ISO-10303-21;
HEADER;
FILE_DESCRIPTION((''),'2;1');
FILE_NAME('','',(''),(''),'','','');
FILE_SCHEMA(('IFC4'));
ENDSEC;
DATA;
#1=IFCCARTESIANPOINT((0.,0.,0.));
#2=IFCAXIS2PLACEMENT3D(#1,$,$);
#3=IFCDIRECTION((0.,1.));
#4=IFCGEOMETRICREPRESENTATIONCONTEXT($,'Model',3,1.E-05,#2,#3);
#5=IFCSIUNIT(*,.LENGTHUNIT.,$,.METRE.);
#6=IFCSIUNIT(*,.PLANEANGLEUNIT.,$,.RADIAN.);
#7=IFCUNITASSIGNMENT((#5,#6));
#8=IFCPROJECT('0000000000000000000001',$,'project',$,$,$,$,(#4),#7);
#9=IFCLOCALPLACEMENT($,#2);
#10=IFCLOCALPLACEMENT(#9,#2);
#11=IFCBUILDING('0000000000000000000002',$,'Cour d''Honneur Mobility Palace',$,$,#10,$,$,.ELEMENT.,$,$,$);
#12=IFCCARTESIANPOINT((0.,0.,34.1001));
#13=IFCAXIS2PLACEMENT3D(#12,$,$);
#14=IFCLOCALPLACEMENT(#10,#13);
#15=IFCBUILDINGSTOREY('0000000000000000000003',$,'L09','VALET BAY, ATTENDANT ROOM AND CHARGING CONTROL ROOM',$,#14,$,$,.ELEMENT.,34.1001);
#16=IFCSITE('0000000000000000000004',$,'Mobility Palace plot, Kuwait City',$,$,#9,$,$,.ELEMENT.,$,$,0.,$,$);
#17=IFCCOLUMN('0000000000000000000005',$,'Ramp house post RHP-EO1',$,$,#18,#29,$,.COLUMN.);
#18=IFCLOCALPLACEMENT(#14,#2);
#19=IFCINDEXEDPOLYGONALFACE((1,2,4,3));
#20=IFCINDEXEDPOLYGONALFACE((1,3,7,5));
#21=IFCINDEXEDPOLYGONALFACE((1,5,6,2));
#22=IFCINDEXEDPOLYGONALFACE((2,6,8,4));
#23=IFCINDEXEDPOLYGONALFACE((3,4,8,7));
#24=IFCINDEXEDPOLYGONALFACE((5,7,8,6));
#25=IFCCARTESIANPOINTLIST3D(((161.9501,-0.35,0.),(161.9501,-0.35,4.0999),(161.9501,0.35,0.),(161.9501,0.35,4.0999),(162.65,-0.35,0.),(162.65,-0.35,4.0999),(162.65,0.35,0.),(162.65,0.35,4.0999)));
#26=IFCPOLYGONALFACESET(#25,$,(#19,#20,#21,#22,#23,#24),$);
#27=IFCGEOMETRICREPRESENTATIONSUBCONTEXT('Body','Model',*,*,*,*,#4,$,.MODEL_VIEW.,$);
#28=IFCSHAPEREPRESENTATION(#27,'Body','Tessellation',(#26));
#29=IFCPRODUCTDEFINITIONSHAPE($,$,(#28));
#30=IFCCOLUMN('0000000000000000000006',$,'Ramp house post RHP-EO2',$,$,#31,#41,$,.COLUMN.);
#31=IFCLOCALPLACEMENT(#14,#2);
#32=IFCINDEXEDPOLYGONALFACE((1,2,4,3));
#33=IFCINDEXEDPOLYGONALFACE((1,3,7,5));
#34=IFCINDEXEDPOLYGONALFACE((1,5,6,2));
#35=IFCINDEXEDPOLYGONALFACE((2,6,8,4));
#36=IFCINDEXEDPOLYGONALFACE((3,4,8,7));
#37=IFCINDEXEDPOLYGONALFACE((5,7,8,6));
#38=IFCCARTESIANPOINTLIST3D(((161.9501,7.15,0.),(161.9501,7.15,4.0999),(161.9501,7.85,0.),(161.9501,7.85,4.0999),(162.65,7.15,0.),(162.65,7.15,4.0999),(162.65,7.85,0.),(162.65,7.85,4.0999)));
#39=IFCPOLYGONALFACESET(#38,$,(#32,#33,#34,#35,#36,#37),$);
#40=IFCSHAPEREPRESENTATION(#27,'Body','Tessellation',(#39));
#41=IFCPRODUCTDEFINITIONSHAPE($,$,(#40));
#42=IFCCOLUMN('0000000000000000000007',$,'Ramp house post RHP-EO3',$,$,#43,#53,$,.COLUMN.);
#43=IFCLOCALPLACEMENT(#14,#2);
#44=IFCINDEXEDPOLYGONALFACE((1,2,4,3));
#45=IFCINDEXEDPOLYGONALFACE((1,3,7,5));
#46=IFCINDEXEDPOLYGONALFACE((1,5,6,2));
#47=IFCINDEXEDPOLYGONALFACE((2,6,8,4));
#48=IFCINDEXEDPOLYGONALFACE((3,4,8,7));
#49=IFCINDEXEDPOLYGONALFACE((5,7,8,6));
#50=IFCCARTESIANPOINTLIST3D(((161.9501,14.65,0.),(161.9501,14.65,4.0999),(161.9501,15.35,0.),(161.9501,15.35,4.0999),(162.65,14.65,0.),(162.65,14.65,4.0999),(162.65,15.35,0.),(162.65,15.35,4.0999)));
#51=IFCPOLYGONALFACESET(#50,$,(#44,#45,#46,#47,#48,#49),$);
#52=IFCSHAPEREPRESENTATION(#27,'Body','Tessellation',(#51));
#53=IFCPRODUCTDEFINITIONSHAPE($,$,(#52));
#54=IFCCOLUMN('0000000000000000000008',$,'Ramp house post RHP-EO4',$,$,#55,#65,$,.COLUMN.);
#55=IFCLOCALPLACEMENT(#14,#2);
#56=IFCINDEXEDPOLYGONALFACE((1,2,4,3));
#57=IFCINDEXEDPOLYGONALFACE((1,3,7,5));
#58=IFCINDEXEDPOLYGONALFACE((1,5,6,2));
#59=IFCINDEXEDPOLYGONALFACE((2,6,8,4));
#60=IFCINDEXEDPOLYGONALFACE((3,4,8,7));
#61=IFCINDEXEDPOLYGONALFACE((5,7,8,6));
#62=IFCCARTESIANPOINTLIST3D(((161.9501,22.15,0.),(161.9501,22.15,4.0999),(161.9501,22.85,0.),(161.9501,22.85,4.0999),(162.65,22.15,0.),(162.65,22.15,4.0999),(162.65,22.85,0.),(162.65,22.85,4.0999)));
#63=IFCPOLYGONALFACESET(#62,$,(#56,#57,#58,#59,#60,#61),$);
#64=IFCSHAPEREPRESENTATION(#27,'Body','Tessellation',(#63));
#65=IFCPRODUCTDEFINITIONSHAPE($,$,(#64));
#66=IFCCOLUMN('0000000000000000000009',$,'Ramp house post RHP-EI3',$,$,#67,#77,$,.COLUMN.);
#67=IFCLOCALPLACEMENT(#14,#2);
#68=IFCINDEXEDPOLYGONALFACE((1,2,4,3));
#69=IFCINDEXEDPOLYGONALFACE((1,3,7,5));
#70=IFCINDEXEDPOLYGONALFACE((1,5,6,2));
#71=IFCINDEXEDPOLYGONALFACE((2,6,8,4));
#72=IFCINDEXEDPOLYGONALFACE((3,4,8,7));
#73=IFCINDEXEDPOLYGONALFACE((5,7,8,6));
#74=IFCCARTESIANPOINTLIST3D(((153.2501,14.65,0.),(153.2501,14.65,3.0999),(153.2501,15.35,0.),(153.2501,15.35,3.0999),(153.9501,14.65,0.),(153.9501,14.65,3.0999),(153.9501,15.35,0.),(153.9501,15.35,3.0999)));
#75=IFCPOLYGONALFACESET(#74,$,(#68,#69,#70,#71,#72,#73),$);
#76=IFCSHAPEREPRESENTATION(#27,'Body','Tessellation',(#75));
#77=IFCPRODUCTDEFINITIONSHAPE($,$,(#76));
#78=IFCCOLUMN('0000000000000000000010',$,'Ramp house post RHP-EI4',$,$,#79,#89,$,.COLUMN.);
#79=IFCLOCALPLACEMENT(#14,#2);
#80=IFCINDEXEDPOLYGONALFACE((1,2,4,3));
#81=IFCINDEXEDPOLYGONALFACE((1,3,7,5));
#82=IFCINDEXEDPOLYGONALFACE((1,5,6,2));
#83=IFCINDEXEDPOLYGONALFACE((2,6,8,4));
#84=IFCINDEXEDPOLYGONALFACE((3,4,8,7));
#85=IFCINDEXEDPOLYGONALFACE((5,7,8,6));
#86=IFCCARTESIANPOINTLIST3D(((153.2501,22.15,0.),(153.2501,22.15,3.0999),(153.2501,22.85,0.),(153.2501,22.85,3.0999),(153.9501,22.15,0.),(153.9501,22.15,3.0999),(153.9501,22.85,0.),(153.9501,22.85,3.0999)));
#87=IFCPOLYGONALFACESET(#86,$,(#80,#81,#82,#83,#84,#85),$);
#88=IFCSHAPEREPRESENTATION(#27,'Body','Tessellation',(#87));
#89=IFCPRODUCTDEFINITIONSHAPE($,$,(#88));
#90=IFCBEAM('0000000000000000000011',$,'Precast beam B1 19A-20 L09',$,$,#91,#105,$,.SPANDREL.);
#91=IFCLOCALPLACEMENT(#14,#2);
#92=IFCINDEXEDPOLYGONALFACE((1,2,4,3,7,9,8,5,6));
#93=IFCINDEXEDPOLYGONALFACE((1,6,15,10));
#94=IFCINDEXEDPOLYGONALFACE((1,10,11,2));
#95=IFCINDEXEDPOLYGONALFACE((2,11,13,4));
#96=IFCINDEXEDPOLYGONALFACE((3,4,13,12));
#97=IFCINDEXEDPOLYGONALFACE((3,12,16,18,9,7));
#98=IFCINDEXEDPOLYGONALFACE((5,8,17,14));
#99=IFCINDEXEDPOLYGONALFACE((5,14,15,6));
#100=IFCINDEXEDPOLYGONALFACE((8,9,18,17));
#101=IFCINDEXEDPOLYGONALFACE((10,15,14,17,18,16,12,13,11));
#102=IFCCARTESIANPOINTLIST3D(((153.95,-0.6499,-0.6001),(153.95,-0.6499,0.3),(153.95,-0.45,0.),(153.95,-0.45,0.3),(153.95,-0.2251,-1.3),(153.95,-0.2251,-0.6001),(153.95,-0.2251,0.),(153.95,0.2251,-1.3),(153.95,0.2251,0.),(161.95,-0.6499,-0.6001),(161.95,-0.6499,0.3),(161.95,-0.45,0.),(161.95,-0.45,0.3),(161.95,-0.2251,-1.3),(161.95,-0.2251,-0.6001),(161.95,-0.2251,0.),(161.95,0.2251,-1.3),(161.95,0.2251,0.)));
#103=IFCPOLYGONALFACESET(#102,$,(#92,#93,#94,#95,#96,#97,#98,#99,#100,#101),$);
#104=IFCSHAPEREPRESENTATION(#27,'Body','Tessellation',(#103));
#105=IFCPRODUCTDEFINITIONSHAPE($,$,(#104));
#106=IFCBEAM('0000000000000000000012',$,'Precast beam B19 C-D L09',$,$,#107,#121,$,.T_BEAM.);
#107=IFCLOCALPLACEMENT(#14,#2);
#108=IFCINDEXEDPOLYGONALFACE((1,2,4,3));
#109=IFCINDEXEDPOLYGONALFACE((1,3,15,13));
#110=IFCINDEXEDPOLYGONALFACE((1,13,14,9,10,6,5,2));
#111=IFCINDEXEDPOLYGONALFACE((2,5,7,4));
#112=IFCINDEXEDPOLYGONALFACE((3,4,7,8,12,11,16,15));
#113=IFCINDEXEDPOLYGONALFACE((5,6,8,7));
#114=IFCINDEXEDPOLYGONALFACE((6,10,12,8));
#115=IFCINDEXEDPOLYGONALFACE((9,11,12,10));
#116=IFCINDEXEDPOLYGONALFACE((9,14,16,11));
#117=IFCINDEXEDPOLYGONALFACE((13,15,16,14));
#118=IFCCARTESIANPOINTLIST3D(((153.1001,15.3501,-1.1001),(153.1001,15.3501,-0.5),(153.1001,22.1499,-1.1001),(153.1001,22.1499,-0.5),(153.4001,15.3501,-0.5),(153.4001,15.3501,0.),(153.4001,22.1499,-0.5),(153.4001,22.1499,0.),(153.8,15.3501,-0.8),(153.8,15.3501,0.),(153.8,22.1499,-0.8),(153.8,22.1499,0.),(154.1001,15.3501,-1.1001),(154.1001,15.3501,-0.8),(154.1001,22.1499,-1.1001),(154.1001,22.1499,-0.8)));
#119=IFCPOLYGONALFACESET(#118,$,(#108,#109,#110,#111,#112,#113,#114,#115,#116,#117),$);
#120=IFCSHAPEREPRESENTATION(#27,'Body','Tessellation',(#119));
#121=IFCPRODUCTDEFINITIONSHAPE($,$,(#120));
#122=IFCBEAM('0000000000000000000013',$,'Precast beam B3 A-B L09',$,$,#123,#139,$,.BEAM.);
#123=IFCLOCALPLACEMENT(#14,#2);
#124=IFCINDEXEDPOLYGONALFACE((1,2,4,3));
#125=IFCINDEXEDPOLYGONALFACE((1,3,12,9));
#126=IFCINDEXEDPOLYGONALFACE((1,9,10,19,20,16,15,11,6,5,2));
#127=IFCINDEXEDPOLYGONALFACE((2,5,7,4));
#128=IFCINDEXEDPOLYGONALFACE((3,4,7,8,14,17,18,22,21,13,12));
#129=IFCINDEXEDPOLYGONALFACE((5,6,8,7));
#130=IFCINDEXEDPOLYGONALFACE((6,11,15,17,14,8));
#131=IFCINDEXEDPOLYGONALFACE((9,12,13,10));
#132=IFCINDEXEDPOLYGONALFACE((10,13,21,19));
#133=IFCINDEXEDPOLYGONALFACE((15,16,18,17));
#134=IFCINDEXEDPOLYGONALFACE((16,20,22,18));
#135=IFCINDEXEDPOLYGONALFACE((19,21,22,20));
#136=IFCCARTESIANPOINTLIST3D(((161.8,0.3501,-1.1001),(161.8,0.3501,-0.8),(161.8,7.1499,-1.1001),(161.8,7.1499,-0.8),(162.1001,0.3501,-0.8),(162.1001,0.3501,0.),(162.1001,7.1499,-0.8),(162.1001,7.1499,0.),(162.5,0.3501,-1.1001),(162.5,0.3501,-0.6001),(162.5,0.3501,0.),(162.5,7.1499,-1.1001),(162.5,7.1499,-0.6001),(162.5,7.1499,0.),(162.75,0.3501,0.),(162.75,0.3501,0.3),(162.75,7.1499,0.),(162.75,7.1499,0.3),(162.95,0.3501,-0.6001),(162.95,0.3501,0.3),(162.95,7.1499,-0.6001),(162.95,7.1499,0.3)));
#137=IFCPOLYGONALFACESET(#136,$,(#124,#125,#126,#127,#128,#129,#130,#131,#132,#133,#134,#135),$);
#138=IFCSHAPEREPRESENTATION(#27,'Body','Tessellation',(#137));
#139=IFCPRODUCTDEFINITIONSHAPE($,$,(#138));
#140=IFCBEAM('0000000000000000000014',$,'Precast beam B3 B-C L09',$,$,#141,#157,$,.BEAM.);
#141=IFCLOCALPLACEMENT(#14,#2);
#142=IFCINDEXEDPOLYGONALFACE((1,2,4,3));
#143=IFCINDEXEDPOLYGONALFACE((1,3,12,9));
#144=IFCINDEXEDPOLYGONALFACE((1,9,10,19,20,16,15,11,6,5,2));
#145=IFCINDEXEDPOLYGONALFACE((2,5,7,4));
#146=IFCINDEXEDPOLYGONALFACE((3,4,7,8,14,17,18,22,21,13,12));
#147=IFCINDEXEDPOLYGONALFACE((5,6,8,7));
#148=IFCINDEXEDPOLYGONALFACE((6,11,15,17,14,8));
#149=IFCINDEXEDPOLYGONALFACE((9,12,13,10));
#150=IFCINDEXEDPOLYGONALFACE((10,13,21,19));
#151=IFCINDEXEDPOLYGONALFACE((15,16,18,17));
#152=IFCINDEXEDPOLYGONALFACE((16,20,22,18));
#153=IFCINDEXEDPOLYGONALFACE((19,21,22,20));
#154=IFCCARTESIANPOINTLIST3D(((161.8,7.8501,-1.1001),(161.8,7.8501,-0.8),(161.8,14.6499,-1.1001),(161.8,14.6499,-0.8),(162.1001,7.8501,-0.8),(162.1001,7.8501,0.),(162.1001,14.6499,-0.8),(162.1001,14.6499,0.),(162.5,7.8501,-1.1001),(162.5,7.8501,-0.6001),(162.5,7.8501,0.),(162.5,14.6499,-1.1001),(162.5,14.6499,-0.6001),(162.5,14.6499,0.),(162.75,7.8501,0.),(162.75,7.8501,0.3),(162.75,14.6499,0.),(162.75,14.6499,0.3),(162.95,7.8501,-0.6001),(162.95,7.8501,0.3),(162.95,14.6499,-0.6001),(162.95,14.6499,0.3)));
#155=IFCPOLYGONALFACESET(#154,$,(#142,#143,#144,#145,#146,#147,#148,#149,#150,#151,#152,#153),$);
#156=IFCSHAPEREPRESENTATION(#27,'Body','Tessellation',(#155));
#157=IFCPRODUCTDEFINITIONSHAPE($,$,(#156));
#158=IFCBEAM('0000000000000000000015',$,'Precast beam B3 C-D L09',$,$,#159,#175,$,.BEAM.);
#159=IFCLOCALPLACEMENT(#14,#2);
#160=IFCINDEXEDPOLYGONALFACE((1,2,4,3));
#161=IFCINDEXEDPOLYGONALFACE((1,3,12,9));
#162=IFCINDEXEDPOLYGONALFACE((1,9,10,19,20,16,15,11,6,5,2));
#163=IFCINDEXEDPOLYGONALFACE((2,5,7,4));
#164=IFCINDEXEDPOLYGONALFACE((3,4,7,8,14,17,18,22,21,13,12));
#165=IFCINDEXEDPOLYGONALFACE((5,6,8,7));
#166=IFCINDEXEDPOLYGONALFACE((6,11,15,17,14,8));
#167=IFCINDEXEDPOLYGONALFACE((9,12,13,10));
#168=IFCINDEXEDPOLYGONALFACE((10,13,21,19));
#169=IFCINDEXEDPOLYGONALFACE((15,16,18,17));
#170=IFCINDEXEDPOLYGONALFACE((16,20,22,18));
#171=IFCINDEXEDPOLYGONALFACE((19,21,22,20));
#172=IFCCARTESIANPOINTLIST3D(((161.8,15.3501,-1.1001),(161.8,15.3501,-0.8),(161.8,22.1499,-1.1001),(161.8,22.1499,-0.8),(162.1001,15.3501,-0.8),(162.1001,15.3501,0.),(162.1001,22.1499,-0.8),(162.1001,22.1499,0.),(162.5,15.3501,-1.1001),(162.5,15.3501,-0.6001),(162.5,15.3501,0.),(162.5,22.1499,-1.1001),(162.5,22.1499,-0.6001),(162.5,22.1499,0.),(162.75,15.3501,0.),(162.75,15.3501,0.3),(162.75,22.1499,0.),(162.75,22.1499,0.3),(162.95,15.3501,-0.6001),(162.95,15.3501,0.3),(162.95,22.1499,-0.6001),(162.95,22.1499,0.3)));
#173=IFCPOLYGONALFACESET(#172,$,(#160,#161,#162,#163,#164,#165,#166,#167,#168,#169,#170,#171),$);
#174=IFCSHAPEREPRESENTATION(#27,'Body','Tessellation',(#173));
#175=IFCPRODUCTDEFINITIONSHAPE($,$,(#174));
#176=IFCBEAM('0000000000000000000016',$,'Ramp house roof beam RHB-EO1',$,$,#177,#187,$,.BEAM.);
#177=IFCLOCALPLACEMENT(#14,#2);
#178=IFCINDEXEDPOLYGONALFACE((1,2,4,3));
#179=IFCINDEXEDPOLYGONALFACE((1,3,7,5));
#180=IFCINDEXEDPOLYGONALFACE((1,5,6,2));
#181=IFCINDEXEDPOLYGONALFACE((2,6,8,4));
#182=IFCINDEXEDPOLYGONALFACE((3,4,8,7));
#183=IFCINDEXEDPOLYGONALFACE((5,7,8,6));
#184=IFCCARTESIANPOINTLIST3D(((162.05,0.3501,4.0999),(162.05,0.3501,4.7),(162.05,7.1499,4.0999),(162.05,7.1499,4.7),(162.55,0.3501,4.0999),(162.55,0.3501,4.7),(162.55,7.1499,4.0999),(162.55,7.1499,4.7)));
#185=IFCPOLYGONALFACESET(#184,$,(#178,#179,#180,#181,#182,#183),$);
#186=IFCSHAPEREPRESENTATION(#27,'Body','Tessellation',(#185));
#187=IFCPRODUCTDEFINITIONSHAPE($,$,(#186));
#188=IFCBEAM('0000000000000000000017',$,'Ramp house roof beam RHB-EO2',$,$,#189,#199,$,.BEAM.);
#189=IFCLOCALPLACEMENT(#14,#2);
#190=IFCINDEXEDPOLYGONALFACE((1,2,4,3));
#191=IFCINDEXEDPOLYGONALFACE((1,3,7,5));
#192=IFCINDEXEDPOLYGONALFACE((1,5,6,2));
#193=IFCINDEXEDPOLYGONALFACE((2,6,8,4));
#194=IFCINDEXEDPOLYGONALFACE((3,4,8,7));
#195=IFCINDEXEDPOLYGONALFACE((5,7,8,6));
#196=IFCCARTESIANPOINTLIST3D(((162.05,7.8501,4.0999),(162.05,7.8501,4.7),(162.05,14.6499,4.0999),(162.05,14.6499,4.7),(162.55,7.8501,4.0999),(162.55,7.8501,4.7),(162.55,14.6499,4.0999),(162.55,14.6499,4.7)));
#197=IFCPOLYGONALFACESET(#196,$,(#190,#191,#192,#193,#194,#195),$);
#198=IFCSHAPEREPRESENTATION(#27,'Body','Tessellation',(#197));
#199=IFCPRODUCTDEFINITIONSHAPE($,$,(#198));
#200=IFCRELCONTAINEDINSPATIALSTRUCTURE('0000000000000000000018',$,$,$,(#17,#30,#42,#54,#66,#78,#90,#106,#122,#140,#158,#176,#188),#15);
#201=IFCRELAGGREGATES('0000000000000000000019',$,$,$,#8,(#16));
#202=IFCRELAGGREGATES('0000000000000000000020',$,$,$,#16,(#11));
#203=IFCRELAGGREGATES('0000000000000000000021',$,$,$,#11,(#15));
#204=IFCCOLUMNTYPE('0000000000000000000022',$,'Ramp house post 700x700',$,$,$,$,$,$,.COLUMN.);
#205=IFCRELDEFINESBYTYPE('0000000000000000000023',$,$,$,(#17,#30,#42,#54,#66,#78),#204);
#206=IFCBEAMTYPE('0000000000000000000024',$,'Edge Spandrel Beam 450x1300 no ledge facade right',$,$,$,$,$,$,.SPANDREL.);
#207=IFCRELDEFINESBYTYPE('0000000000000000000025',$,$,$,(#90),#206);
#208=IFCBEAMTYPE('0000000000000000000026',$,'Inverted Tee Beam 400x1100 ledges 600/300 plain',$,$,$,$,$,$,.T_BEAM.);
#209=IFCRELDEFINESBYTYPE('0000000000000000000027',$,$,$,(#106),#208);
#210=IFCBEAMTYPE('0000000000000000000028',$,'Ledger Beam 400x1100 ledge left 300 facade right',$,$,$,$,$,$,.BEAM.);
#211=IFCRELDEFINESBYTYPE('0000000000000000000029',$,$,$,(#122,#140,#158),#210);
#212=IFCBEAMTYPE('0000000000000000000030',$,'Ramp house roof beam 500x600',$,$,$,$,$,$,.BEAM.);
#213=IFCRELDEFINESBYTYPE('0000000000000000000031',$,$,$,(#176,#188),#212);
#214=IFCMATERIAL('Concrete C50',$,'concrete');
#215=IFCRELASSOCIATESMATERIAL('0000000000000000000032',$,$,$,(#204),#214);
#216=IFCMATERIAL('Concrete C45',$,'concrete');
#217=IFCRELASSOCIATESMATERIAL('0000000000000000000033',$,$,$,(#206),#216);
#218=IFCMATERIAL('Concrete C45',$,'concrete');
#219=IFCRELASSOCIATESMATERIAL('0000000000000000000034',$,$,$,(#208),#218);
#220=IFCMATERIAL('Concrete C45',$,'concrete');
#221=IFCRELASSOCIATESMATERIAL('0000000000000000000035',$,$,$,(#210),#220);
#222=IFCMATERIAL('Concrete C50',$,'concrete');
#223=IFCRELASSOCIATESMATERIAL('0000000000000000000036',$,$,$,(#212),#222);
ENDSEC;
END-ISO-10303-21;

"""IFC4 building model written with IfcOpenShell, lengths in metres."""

from ifc_helpers import new_model, si_unit, direction, frame, origin, origin_2d, place, context, subcontext, project, spatial, polyline, rectangle, outline, extrude, material, material_profile, profile_set, type_object, element, save


model = new_model("IFC4")

# Units and contexts
model_context = context("Model", 3, precision=1e-05, world=origin(), true_north=direction((0.0, 1.0)))
body_context = subcontext(model_context, "Body", "Model", "MODEL_VIEW")
ifc_project = project(units=[si_unit("LENGTHUNIT", "METRE"), si_unit("PLANEANGLEUNIT", "RADIAN")], contexts=[model_context])

# Site, building, storey
site_placement = place(None, origin())
site = spatial("IfcSite", under=ifc_project, at=site_placement, Name="Mobility Palace plot, Kuwait City", CompositionType="ELEMENT", RefElevation=0.0)
building_placement = place(site_placement, origin())
building = spatial("IfcBuilding", under=site, at=building_placement, Name="Cour d'Honneur Mobility Palace", CompositionType="ELEMENT")
storey_placement = place(building_placement, frame((0.0, 0.0, 34.1001)))
storey = spatial("IfcBuildingStorey", under=building, at=storey_placement, Name="L09", Description="VALET BAY, ATTENDANT ROOM AND CHARGING CONTROL ROOM", CompositionType="ELEMENT", Elevation=34.1001)

# Columns
ifc_material_1 = material(Name="Concrete C50", Category="concrete")
ifc_material_profile_1 = material_profile(ifc_material_1, rectangle(XDim=0.7, YDim=0.7, at=origin_2d()), Name="Ramp house post 700x700")
ifc_profile_set_1 = profile_set([ifc_material_profile_1], Name="Concrete C50")
column_type = type_object("IfcColumnType", Name="Ramp house post 700x700", PredefinedType="COLUMN", material=ifc_profile_set_1)
for number, where, z_axis, x_axis, name in (
    (1, (162.3, 0.0, 0.0), (0.0, 0.0, 1.0), (1.0, 0.0, 0.0), "Ramp house post RHP-EO1"),
    (2, (162.3, 7.5, 0.0), (0.0, 0.0, 1.0), (1.0, 0.0, 0.0), "Ramp house post RHP-EO2"),
    (3, (162.3, 15.0, 0.0), (0.0, 0.0, 1.0), (1.0, 0.0, 0.0), "Ramp house post RHP-EO3"),
    (4, (162.3, 22.5, 0.0), (0.0, 0.0, 1.0), (1.0, 0.0, 0.0), "Ramp house post RHP-EO4"),
):
    element("IfcColumn", number, at=place(storey_placement, frame(where, z_axis=z_axis, x_axis=x_axis)), inside=storey, type_object=column_type, Name=name, PredefinedType="COLUMN", context=body_context, shape_type="SweptSolid", body=[
        extrude(rectangle(XDim=0.7, YDim=0.7, at=origin_2d()), origin(), (0.0, 0.0, 1.0), 4.0999),
    ])
for number, where, z_axis, x_axis, name in (
    (5, (153.6001, 15.0, 0.0), (0.0, 0.0, 1.0), (1.0, 0.0, 0.0), "Ramp house post RHP-EI3"),
    (6, (153.6001, 22.5, 0.0), (0.0, 0.0, 1.0), (1.0, 0.0, 0.0), "Ramp house post RHP-EI4"),
):
    element("IfcColumn", number, at=place(storey_placement, frame(where, z_axis=z_axis, x_axis=x_axis)), inside=storey, type_object=column_type, Name=name, PredefinedType="COLUMN", context=body_context, shape_type="SweptSolid", body=[
        extrude(rectangle(XDim=0.7, YDim=0.7, at=origin_2d()), origin(), (0.0, 0.0, 1.0), 3.0999),
    ])

# Beams
ifc_material_2 = material(Name="Concrete C45", Category="concrete")
ifc_material_profile_2 = material_profile(ifc_material_2, outline(polyline([(0.2251, -1.3), (0.2251, 0.0), (-0.2251, 0.0), (-0.45, 0.0), (-0.45, 0.3), (-0.6499, 0.3), (-0.6499, -0.6001), (-0.2251, -0.6001), (-0.2251, -1.3), (0.2251, -1.3)])), Name="Edge Spandrel Beam 450x1300 no ledge facade right")
ifc_profile_set_2 = profile_set([ifc_material_profile_2], Name="Concrete C45")
beam_type_1 = type_object("IfcBeamType", Name="Edge Spandrel Beam 450x1300 no ledge facade right", PredefinedType="SPANDREL", material=ifc_profile_set_2)
beam_1_placement = place(storey_placement, frame((153.95, 0.0, 0.0), z_axis=(1.0, 0.0, 0.0), x_axis=(0.0, 1.0, 0.0)))
element("IfcBeam", 7, at=beam_1_placement, inside=storey, type_object=beam_type_1, Name="Precast beam B1 19A-20 L09", PredefinedType="SPANDREL", context=body_context, shape_type="SweptSolid", body=[
    extrude(outline(polyline([(0.2251, -1.3), (0.2251, 0.0), (-0.2251, 0.0), (-0.45, 0.0), (-0.45, 0.3), (-0.6499, 0.3), (-0.6499, -0.6001), (-0.2251, -0.6001), (-0.2251, -1.3), (0.2251, -1.3)])), origin(), (0.0, 0.0, 1.0), 8.0),
])
ifc_material_3 = material(Name="Concrete C45", Category="concrete")
ifc_material_profile_3 = material_profile(ifc_material_3, outline(polyline([(0.5, -1.1001), (0.5, -0.5), (0.2, -0.5), (0.2, 0.0), (-0.2, 0.0), (-0.2, -0.8), (-0.5, -0.8), (-0.5, -1.1001), (0.5, -1.1001)])), Name="Inverted Tee Beam 400x1100 ledges 600/300 plain")
ifc_profile_set_3 = profile_set([ifc_material_profile_3], Name="Concrete C45")
beam_type_2 = type_object("IfcBeamType", Name="Inverted Tee Beam 400x1100 ledges 600/300 plain", PredefinedType="T_BEAM", material=ifc_profile_set_3)
beam_2_placement = place(storey_placement, frame((153.6001, 15.3501, 0.0), z_axis=(0.0, 1.0, 0.0), x_axis=(-1.0, 0.0, 0.0)))
element("IfcBeam", 8, at=beam_2_placement, inside=storey, type_object=beam_type_2, Name="Precast beam B19 C-D L09", PredefinedType="T_BEAM", context=body_context, shape_type="SweptSolid", body=[
    extrude(outline(polyline([(0.5, -1.1001), (0.5, -0.5), (0.2, -0.5), (0.2, 0.0), (-0.2, 0.0), (-0.2, -0.8), (-0.5, -0.8), (-0.5, -1.1001), (0.5, -1.1001)])), origin(), (0.0, 0.0, 1.0), 6.7998),
])
ifc_material_4 = material(Name="Concrete C45", Category="concrete")
ifc_material_profile_4 = material_profile(ifc_material_4, outline(polyline([(0.5, -1.1001), (0.5, -0.8), (0.2, -0.8), (0.2, 0.0), (-0.2, 0.0), (-0.45, 0.0), (-0.45, 0.3), (-0.6499, 0.3), (-0.6499, -0.6001), (-0.2, -0.6001), (-0.2, -1.1001), (0.5, -1.1001)])), Name="Ledger Beam 400x1100 ledge left 300 facade right")
ifc_profile_set_4 = profile_set([ifc_material_profile_4], Name="Concrete C45")
beam_type_3 = type_object("IfcBeamType", Name="Ledger Beam 400x1100 ledge left 300 facade right", PredefinedType="BEAM", material=ifc_profile_set_4)
for number, where, z_axis, x_axis, name in (
    (9, (162.3, 0.3501, 0.0), (0.0, 1.0, 0.0), (-1.0, 0.0, 0.0), "Precast beam B3 A-B L09"),
    (10, (162.3, 7.8501, 0.0), (0.0, 1.0, 0.0), (-1.0, 0.0, 0.0), "Precast beam B3 B-C L09"),
    (11, (162.3, 15.3501, 0.0), (0.0, 1.0, 0.0), (-1.0, 0.0, 0.0), "Precast beam B3 C-D L09"),
):
    element("IfcBeam", number, at=place(storey_placement, frame(where, z_axis=z_axis, x_axis=x_axis)), inside=storey, type_object=beam_type_3, Name=name, PredefinedType="BEAM", context=body_context, shape_type="SweptSolid", body=[
        extrude(outline(polyline([(0.5, -1.1001), (0.5, -0.8), (0.2, -0.8), (0.2, 0.0), (-0.2, 0.0), (-0.45, 0.0), (-0.45, 0.3), (-0.6499, 0.3), (-0.6499, -0.6001), (-0.2, -0.6001), (-0.2, -1.1001), (0.5, -1.1001)])), origin(), (0.0, 0.0, 1.0), 6.7998),
    ])
ifc_material_5 = material(Name="Concrete C50", Category="concrete")
ifc_material_profile_5 = material_profile(ifc_material_5, rectangle(XDim=0.5, YDim=0.6001, at=origin_2d()), Name="Ramp house roof beam 500x600")
ifc_profile_set_5 = profile_set([ifc_material_profile_5], Name="Concrete C50")
beam_type_4 = type_object("IfcBeamType", Name="Ramp house roof beam 500x600", PredefinedType="BEAM", material=ifc_profile_set_5)
for number, where, z_axis, x_axis, name in (
    (12, (162.3, 0.3501, 4.3999), (0.0, 1.0, 0.0), (-1.0, 0.0, 0.0), "Ramp house roof beam RHB-EO1"),
    (13, (162.3, 7.8501, 4.3999), (0.0, 1.0, 0.0), (-1.0, 0.0, 0.0), "Ramp house roof beam RHB-EO2"),
):
    element("IfcBeam", number, at=place(storey_placement, frame(where, z_axis=z_axis, x_axis=x_axis)), inside=storey, type_object=beam_type_4, Name=name, PredefinedType="BEAM", context=body_context, shape_type="SweptSolid", body=[
        extrude(rectangle(XDim=0.5, YDim=0.6001, at=origin_2d()), origin(), (0.0, 0.0, 1.0), 6.7998),
    ])

save(model, "model.ifc")
